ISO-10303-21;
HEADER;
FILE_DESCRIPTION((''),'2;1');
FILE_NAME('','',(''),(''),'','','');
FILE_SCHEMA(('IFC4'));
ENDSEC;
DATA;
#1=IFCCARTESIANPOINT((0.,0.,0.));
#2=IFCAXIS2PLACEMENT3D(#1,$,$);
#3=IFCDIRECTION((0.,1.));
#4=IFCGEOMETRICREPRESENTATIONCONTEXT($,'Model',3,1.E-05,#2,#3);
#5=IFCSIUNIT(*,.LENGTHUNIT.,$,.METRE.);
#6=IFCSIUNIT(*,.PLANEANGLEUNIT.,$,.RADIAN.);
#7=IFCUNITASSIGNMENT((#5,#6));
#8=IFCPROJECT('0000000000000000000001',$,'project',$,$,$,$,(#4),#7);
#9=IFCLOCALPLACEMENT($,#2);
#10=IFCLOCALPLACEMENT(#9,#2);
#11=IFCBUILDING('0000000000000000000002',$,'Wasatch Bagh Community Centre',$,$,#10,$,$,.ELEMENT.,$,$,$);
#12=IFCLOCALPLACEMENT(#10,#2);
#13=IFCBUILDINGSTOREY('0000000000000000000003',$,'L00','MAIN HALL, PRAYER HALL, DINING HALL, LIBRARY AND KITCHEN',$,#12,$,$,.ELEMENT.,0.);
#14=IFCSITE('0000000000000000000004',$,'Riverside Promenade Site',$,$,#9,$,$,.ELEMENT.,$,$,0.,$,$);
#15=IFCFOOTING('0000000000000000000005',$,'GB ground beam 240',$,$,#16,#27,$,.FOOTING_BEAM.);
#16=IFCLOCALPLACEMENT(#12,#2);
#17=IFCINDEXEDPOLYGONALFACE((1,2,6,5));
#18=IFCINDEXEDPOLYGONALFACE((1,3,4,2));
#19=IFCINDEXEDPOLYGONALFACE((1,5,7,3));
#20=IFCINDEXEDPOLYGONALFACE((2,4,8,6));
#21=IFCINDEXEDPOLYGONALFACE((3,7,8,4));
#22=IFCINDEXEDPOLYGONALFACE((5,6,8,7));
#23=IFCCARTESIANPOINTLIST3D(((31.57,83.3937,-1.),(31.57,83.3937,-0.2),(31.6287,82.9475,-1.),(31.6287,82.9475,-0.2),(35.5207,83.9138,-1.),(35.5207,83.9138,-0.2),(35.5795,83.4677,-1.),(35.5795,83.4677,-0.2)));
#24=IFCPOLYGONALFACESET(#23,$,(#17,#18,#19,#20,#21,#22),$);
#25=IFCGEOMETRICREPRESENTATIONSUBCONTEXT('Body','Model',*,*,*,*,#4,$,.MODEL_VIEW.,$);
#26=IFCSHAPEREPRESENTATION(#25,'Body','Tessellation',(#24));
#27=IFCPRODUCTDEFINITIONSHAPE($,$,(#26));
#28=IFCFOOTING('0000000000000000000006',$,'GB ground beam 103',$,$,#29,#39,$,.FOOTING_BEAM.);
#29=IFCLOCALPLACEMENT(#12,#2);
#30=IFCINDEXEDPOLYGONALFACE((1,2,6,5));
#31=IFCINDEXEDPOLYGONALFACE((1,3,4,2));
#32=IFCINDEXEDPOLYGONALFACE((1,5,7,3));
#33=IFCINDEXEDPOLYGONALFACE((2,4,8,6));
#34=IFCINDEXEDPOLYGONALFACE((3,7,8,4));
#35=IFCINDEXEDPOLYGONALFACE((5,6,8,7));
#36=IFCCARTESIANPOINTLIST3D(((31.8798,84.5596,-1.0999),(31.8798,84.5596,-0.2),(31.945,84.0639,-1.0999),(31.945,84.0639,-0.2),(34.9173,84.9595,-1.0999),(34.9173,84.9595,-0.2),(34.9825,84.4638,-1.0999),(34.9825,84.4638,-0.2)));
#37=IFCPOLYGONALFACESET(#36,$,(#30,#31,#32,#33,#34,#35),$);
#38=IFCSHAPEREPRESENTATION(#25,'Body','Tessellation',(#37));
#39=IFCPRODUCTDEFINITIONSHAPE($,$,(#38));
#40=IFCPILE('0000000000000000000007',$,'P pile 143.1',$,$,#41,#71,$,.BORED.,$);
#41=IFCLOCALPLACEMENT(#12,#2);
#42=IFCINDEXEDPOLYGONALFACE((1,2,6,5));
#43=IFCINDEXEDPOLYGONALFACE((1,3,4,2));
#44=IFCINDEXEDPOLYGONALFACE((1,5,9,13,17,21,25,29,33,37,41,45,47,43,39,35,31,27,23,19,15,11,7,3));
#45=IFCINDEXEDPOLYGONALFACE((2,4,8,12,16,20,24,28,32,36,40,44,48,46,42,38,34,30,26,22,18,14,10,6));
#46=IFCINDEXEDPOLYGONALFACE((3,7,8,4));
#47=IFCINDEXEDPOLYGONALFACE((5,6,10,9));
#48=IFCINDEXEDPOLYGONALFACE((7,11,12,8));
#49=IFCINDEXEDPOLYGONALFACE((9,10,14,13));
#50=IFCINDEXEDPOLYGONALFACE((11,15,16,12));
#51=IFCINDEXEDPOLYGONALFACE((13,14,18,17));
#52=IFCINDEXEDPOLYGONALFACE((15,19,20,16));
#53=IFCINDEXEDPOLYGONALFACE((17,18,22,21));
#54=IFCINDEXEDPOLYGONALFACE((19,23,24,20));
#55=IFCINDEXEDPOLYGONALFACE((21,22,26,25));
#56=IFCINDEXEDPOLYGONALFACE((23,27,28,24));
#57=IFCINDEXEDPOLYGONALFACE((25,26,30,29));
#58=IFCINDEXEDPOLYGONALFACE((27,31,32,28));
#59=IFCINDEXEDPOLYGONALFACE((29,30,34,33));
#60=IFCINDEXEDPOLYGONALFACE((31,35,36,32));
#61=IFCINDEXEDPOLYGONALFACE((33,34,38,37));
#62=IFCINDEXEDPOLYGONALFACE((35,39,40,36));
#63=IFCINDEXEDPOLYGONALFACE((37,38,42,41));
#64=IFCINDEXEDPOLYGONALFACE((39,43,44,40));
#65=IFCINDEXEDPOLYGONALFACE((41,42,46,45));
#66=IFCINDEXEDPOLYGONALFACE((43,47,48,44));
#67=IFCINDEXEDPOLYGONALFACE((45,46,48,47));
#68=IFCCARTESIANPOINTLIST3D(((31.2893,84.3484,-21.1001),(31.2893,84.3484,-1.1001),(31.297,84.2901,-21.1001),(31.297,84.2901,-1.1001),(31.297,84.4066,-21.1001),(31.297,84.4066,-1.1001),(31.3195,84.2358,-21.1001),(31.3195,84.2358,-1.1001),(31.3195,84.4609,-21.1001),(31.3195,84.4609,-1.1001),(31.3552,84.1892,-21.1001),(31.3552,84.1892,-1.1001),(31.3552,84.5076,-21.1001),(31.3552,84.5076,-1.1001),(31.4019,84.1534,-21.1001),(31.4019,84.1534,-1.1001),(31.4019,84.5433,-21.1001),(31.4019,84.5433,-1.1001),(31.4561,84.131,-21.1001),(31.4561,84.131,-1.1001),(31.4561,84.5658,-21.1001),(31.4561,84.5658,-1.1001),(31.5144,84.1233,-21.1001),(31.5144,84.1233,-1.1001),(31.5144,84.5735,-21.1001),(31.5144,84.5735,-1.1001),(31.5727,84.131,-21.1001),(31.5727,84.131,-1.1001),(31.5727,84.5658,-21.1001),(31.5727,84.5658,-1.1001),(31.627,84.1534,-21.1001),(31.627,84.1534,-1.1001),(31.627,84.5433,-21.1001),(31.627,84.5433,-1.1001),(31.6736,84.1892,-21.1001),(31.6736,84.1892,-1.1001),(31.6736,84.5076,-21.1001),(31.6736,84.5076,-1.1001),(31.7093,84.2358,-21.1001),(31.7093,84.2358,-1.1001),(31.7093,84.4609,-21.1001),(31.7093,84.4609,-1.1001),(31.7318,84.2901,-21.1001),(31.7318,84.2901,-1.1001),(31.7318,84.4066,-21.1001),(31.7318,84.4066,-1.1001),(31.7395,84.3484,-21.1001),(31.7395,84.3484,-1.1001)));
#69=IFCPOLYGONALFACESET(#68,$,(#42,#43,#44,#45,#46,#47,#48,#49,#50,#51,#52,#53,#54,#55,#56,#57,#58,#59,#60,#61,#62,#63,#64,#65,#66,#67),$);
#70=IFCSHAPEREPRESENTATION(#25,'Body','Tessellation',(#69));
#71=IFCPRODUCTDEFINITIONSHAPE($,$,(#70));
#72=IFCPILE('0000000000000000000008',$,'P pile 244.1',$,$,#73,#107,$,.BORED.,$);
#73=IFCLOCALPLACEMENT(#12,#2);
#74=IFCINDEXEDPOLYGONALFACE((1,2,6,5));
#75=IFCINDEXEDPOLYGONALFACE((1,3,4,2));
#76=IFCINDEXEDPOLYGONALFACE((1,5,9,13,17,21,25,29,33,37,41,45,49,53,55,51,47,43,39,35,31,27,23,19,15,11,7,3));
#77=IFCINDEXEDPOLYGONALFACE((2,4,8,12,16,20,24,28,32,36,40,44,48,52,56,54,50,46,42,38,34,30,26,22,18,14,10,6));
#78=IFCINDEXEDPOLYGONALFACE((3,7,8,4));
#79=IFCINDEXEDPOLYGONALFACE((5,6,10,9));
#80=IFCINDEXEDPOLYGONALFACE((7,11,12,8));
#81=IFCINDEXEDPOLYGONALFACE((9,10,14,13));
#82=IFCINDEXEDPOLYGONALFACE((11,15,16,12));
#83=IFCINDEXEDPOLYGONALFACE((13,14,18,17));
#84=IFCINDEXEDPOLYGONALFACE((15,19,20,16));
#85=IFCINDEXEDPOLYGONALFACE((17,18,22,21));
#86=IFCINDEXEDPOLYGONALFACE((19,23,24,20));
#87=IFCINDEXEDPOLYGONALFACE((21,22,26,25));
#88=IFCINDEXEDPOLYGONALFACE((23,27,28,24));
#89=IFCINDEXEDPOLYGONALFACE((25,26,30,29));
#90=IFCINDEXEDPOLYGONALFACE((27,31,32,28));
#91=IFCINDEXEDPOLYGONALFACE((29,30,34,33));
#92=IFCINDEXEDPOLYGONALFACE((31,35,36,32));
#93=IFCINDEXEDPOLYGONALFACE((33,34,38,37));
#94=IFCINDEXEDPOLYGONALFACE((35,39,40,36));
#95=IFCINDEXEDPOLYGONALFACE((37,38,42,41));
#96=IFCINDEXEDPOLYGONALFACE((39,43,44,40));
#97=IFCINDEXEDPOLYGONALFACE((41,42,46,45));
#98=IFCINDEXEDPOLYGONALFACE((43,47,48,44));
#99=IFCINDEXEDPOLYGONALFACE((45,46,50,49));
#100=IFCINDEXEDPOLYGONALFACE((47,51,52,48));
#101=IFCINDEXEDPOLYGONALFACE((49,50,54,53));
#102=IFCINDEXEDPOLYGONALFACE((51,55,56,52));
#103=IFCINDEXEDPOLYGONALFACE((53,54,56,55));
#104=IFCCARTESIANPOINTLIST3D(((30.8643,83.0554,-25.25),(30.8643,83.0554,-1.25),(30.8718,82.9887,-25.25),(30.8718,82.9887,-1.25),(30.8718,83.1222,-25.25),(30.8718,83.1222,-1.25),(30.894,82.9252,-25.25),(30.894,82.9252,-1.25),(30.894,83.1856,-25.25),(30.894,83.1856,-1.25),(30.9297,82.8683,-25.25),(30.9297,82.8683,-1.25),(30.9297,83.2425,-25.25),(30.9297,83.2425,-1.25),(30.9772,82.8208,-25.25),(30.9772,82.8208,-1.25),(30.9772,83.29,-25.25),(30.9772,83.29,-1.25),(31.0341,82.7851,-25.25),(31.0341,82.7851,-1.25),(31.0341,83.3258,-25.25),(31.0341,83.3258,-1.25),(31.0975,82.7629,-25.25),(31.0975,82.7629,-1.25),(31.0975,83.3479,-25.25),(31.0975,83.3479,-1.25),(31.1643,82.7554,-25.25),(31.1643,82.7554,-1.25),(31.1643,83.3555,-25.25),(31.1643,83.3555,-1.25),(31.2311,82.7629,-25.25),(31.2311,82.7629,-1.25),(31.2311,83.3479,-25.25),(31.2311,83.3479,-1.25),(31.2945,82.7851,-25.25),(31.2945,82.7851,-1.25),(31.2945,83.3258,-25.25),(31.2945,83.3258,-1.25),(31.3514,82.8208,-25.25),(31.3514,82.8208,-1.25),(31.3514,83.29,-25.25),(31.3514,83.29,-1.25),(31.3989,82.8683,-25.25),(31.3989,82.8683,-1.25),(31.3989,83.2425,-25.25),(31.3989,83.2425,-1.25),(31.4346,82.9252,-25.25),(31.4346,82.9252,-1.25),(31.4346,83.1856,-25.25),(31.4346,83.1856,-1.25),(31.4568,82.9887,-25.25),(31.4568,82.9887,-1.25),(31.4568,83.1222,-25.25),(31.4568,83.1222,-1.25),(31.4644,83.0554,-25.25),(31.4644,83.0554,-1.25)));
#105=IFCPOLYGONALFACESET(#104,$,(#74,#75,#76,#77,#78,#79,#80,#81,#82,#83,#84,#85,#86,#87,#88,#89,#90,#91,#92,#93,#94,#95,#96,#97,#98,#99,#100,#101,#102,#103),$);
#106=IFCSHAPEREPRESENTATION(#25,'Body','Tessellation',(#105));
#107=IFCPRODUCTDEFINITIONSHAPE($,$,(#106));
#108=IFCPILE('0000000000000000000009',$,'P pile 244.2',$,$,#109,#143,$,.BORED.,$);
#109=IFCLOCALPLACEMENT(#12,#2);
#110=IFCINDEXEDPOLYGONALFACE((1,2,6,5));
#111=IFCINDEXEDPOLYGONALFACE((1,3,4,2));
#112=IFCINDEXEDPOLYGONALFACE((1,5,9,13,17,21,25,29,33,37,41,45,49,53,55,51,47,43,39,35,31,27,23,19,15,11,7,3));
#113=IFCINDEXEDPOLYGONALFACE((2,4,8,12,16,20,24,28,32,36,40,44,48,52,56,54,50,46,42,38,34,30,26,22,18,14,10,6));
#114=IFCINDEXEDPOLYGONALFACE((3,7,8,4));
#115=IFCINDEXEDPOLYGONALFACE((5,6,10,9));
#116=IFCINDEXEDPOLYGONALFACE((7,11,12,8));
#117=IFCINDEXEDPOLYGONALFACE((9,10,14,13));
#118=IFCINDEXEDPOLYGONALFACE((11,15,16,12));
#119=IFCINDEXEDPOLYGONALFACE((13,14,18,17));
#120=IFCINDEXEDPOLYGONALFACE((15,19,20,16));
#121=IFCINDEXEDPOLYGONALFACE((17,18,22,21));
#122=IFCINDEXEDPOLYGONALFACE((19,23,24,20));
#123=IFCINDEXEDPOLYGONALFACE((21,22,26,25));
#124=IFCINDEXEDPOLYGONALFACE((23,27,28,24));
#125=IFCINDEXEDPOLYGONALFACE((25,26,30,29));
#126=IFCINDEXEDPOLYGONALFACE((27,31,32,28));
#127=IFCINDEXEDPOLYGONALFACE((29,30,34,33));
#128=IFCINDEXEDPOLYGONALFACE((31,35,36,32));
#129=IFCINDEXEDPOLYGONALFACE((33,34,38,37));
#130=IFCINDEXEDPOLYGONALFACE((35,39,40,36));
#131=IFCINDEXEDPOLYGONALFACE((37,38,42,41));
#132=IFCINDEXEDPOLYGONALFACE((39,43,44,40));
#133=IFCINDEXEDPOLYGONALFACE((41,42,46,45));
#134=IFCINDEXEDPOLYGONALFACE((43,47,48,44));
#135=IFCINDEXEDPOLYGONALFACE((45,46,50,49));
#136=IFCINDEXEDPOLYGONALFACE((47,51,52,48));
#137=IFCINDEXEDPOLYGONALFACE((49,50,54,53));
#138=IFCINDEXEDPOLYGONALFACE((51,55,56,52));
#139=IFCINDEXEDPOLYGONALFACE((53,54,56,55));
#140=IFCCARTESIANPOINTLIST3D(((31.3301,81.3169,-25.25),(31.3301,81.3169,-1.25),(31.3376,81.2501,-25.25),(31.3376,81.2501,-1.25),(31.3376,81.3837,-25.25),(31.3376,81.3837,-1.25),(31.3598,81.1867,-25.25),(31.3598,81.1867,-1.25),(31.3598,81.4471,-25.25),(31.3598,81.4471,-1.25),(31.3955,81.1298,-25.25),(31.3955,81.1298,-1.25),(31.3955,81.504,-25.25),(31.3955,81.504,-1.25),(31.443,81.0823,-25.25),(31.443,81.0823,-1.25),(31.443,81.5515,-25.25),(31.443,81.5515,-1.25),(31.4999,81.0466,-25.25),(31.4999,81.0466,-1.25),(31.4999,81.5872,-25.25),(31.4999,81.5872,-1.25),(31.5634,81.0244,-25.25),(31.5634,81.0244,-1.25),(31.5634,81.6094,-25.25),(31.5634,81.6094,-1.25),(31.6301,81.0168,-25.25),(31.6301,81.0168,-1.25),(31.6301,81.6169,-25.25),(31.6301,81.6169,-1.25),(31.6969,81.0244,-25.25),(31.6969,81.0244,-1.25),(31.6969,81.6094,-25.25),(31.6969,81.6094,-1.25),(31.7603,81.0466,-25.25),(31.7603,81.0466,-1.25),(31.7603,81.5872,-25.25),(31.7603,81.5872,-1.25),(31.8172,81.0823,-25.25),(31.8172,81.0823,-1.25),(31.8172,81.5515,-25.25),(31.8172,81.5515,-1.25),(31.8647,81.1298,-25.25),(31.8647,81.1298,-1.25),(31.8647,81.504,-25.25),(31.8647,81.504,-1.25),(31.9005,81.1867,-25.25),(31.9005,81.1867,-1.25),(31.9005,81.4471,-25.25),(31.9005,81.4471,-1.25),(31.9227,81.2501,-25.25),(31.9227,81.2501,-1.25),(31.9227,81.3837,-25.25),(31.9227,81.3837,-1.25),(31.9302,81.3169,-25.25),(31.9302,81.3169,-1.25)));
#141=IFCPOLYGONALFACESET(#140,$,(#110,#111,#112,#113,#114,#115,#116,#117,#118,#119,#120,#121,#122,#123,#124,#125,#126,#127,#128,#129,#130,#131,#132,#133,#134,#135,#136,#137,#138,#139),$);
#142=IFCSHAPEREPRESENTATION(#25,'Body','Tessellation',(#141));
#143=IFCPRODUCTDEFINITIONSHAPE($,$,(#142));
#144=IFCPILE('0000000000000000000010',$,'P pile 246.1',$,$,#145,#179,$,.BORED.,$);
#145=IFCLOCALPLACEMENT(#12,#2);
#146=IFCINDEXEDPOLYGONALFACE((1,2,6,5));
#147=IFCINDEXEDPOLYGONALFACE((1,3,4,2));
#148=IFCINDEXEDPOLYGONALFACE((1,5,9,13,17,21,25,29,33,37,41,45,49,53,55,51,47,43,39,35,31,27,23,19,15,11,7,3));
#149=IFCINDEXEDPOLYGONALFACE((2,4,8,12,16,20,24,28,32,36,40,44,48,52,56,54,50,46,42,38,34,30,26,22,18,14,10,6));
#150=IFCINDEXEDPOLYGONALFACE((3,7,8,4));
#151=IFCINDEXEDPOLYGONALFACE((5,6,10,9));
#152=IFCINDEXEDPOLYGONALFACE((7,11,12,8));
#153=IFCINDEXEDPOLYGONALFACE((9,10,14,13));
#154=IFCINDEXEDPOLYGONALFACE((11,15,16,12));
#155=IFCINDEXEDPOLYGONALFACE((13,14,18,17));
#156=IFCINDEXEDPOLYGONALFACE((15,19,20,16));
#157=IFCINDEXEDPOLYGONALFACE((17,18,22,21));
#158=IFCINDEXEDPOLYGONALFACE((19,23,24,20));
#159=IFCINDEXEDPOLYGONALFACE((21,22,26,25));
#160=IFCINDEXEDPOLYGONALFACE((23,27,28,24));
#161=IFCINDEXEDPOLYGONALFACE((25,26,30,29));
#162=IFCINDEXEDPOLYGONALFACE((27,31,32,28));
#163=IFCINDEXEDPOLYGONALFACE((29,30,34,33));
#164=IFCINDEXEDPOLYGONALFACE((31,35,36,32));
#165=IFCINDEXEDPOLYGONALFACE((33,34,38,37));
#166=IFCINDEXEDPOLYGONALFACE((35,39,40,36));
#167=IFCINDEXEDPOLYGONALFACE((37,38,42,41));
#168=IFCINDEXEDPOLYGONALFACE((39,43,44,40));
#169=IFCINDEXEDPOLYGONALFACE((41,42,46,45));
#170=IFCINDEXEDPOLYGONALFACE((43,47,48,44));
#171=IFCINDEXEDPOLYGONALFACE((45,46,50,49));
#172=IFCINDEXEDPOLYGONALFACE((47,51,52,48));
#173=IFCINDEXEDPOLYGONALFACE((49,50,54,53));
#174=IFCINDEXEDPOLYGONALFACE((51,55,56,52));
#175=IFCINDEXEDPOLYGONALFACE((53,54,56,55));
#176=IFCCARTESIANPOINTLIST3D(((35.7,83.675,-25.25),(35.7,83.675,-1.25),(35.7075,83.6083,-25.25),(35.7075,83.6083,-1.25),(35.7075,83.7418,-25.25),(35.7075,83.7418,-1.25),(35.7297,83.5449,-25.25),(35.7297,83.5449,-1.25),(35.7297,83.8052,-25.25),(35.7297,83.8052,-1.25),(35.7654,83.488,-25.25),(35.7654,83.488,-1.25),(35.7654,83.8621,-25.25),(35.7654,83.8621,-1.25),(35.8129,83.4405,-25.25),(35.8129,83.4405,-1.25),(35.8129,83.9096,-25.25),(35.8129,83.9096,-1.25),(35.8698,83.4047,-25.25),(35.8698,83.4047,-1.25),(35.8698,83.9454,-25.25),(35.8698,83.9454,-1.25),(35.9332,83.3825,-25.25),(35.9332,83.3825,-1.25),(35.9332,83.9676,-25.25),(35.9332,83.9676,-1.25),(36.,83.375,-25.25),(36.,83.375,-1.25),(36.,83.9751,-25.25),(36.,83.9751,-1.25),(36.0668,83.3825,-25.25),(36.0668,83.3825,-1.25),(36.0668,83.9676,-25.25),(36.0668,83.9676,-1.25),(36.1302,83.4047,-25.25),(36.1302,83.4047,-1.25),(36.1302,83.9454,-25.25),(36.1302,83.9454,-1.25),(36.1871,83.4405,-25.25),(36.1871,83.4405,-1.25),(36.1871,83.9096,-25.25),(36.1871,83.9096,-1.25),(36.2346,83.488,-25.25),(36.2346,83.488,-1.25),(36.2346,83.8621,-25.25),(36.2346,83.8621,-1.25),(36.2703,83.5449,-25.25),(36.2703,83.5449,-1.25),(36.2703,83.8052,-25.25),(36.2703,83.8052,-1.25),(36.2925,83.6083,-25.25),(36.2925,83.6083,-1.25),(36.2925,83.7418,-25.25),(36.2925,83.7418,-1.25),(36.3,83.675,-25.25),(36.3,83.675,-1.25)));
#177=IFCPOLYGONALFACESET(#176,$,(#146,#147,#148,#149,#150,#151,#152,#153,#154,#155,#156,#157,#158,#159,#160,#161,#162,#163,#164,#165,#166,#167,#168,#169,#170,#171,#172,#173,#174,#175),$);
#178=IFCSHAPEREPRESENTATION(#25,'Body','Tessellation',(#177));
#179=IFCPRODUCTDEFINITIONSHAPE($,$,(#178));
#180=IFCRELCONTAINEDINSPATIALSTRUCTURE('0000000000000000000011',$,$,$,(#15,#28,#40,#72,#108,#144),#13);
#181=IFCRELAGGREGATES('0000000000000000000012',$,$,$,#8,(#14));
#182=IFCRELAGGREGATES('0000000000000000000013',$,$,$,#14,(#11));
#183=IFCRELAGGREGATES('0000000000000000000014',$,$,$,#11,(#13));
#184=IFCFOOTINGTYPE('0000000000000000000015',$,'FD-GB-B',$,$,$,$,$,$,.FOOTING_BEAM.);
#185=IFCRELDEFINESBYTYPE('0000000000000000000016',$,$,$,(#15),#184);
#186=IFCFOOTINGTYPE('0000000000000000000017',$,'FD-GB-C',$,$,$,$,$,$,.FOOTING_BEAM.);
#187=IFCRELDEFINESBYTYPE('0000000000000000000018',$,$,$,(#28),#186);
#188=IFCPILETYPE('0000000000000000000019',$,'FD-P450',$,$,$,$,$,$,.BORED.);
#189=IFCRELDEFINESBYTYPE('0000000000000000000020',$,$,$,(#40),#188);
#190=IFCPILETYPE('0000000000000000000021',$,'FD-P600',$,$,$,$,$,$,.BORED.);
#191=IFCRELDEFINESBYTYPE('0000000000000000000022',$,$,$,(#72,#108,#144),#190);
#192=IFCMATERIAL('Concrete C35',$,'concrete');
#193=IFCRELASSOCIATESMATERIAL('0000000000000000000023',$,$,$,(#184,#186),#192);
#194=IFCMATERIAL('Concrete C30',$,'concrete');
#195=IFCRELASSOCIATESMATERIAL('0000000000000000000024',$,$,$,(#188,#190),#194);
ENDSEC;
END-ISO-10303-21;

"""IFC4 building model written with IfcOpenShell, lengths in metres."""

from ifc_helpers import new_model, si_unit, direction, frame, origin, origin_2d, place, context, subcontext, project, spatial, rectangle, circle, extrude, material, material_profile, profile_set, type_object, element, save


model = new_model("IFC4")

# Units and contexts
model_context = context("Model", 3, precision=1e-05, world=origin(), true_north=direction((0.0, 1.0)))
body_context = subcontext(model_context, "Body", "Model", "MODEL_VIEW")
ifc_project = project(units=[si_unit("LENGTHUNIT", "METRE"), si_unit("PLANEANGLEUNIT", "RADIAN")], contexts=[model_context])

# Site, building, storey
site_placement = place(None, origin())
site = spatial("IfcSite", under=ifc_project, at=site_placement, Name="Riverside Promenade Site", CompositionType="ELEMENT", RefElevation=0.0)
building_placement = place(site_placement, origin())
building = spatial("IfcBuilding", under=site, at=building_placement, Name="Wasatch Bagh Community Centre", CompositionType="ELEMENT")
storey_placement = place(building_placement, origin())
storey = spatial("IfcBuildingStorey", under=building, at=storey_placement, Name="L00", Description="MAIN HALL, PRAYER HALL, DINING HALL, LIBRARY AND KITCHEN", CompositionType="ELEMENT", Elevation=0.0)

# Footings
ifc_material_1 = material(Name="Concrete C35", Category="concrete")
footing_type_1 = type_object("IfcFootingType", Name="FD-GB-B", PredefinedType="FOOTING_BEAM", material=ifc_material_1)
footing_1_placement = place(storey_placement, frame((33.5747, 83.4307, -1.0), z_axis=(0.0, 0.0, 1.0), x_axis=(-0.991445, -0.130526, 0.0)))
element("IfcFooting", 1, at=footing_1_placement, inside=storey, type_object=footing_type_1, Name="GB ground beam 240", PredefinedType="FOOTING_BEAM", context=body_context, shape_type="SweptSolid", body=[
    extrude(rectangle(XDim=3.9849, YDim=0.45, at=origin_2d()), origin(), (0.0, 0.0, 1.0), 0.8),
])
footing_type_2 = type_object("IfcFootingType", Name="FD-GB-C", PredefinedType="FOOTING_BEAM", material=ifc_material_1)
footing_2_placement = place(storey_placement, frame((33.4312, 84.5117, -1.0999), z_axis=(0.0, 0.0, 1.0), x_axis=(-0.991445, -0.130526, 0.0)))
element("IfcFooting", 2, at=footing_2_placement, inside=storey, type_object=footing_type_2, Name="GB ground beam 103", PredefinedType="FOOTING_BEAM", context=body_context, shape_type="SweptSolid", body=[
    extrude(rectangle(XDim=3.0637, YDim=0.5, at=origin_2d()), origin(), (0.0, 0.0, 1.0), 0.8999),
])

# Piles
ifc_material_2 = material(Name="Concrete C30", Category="concrete")
ifc_material_profile_1 = material_profile(ifc_material_2, circle(Radius=0.2251, at=origin_2d()), Name="RC D450")
ifc_profile_set_1 = profile_set([ifc_material_profile_1], Name="Concrete C30")
pile_type_1 = type_object("IfcPileType", Name="FD-P450", PredefinedType="BORED", material=ifc_profile_set_1)
pile_placement = place(storey_placement, frame((31.5144, 84.3484, -1.1001), z_axis=(0.0, 0.0, -1.0), x_axis=(1.0, 0.0, 0.0)))
element("IfcPile", 3, at=pile_placement, inside=storey, type_object=pile_type_1, Name="P pile 143.1", PredefinedType="BORED", context=body_context, shape_type="SweptSolid", body=[
    extrude(circle(Radius=0.2251, at=origin_2d()), origin(), (0.0, 0.0, 1.0), 20.0),
])
ifc_material_profile_2 = material_profile(ifc_material_2, circle(Radius=0.3, at=origin_2d()), Name="RC D600")
ifc_profile_set_2 = profile_set([ifc_material_profile_2], Name="Concrete C30")
pile_type_2 = type_object("IfcPileType", Name="FD-P600", PredefinedType="BORED", material=ifc_profile_set_2)
for number, where, z_axis, x_axis, name in (
    (4, (31.1643, 83.0554, -1.25), (0.0, 0.0, -1.0), (1.0, 0.0, 0.0), "P pile 244.1"),
    (5, (31.6301, 81.3169, -1.25), (0.0, 0.0, -1.0), (1.0, 0.0, 0.0), "P pile 244.2"),
    (6, (36.0, 83.675, -1.25), (0.0, 0.0, -1.0), (1.0, 0.0, 0.0), "P pile 246.1"),
):
    element("IfcPile", number, at=place(storey_placement, frame(where, z_axis=z_axis, x_axis=x_axis)), inside=storey, type_object=pile_type_2, Name=name, PredefinedType="BORED", context=body_context, shape_type="SweptSolid", body=[
        extrude(circle(Radius=0.3, at=origin_2d()), origin(), (0.0, 0.0, 1.0), 24.0),
    ])

save(model, "model.ifc")
